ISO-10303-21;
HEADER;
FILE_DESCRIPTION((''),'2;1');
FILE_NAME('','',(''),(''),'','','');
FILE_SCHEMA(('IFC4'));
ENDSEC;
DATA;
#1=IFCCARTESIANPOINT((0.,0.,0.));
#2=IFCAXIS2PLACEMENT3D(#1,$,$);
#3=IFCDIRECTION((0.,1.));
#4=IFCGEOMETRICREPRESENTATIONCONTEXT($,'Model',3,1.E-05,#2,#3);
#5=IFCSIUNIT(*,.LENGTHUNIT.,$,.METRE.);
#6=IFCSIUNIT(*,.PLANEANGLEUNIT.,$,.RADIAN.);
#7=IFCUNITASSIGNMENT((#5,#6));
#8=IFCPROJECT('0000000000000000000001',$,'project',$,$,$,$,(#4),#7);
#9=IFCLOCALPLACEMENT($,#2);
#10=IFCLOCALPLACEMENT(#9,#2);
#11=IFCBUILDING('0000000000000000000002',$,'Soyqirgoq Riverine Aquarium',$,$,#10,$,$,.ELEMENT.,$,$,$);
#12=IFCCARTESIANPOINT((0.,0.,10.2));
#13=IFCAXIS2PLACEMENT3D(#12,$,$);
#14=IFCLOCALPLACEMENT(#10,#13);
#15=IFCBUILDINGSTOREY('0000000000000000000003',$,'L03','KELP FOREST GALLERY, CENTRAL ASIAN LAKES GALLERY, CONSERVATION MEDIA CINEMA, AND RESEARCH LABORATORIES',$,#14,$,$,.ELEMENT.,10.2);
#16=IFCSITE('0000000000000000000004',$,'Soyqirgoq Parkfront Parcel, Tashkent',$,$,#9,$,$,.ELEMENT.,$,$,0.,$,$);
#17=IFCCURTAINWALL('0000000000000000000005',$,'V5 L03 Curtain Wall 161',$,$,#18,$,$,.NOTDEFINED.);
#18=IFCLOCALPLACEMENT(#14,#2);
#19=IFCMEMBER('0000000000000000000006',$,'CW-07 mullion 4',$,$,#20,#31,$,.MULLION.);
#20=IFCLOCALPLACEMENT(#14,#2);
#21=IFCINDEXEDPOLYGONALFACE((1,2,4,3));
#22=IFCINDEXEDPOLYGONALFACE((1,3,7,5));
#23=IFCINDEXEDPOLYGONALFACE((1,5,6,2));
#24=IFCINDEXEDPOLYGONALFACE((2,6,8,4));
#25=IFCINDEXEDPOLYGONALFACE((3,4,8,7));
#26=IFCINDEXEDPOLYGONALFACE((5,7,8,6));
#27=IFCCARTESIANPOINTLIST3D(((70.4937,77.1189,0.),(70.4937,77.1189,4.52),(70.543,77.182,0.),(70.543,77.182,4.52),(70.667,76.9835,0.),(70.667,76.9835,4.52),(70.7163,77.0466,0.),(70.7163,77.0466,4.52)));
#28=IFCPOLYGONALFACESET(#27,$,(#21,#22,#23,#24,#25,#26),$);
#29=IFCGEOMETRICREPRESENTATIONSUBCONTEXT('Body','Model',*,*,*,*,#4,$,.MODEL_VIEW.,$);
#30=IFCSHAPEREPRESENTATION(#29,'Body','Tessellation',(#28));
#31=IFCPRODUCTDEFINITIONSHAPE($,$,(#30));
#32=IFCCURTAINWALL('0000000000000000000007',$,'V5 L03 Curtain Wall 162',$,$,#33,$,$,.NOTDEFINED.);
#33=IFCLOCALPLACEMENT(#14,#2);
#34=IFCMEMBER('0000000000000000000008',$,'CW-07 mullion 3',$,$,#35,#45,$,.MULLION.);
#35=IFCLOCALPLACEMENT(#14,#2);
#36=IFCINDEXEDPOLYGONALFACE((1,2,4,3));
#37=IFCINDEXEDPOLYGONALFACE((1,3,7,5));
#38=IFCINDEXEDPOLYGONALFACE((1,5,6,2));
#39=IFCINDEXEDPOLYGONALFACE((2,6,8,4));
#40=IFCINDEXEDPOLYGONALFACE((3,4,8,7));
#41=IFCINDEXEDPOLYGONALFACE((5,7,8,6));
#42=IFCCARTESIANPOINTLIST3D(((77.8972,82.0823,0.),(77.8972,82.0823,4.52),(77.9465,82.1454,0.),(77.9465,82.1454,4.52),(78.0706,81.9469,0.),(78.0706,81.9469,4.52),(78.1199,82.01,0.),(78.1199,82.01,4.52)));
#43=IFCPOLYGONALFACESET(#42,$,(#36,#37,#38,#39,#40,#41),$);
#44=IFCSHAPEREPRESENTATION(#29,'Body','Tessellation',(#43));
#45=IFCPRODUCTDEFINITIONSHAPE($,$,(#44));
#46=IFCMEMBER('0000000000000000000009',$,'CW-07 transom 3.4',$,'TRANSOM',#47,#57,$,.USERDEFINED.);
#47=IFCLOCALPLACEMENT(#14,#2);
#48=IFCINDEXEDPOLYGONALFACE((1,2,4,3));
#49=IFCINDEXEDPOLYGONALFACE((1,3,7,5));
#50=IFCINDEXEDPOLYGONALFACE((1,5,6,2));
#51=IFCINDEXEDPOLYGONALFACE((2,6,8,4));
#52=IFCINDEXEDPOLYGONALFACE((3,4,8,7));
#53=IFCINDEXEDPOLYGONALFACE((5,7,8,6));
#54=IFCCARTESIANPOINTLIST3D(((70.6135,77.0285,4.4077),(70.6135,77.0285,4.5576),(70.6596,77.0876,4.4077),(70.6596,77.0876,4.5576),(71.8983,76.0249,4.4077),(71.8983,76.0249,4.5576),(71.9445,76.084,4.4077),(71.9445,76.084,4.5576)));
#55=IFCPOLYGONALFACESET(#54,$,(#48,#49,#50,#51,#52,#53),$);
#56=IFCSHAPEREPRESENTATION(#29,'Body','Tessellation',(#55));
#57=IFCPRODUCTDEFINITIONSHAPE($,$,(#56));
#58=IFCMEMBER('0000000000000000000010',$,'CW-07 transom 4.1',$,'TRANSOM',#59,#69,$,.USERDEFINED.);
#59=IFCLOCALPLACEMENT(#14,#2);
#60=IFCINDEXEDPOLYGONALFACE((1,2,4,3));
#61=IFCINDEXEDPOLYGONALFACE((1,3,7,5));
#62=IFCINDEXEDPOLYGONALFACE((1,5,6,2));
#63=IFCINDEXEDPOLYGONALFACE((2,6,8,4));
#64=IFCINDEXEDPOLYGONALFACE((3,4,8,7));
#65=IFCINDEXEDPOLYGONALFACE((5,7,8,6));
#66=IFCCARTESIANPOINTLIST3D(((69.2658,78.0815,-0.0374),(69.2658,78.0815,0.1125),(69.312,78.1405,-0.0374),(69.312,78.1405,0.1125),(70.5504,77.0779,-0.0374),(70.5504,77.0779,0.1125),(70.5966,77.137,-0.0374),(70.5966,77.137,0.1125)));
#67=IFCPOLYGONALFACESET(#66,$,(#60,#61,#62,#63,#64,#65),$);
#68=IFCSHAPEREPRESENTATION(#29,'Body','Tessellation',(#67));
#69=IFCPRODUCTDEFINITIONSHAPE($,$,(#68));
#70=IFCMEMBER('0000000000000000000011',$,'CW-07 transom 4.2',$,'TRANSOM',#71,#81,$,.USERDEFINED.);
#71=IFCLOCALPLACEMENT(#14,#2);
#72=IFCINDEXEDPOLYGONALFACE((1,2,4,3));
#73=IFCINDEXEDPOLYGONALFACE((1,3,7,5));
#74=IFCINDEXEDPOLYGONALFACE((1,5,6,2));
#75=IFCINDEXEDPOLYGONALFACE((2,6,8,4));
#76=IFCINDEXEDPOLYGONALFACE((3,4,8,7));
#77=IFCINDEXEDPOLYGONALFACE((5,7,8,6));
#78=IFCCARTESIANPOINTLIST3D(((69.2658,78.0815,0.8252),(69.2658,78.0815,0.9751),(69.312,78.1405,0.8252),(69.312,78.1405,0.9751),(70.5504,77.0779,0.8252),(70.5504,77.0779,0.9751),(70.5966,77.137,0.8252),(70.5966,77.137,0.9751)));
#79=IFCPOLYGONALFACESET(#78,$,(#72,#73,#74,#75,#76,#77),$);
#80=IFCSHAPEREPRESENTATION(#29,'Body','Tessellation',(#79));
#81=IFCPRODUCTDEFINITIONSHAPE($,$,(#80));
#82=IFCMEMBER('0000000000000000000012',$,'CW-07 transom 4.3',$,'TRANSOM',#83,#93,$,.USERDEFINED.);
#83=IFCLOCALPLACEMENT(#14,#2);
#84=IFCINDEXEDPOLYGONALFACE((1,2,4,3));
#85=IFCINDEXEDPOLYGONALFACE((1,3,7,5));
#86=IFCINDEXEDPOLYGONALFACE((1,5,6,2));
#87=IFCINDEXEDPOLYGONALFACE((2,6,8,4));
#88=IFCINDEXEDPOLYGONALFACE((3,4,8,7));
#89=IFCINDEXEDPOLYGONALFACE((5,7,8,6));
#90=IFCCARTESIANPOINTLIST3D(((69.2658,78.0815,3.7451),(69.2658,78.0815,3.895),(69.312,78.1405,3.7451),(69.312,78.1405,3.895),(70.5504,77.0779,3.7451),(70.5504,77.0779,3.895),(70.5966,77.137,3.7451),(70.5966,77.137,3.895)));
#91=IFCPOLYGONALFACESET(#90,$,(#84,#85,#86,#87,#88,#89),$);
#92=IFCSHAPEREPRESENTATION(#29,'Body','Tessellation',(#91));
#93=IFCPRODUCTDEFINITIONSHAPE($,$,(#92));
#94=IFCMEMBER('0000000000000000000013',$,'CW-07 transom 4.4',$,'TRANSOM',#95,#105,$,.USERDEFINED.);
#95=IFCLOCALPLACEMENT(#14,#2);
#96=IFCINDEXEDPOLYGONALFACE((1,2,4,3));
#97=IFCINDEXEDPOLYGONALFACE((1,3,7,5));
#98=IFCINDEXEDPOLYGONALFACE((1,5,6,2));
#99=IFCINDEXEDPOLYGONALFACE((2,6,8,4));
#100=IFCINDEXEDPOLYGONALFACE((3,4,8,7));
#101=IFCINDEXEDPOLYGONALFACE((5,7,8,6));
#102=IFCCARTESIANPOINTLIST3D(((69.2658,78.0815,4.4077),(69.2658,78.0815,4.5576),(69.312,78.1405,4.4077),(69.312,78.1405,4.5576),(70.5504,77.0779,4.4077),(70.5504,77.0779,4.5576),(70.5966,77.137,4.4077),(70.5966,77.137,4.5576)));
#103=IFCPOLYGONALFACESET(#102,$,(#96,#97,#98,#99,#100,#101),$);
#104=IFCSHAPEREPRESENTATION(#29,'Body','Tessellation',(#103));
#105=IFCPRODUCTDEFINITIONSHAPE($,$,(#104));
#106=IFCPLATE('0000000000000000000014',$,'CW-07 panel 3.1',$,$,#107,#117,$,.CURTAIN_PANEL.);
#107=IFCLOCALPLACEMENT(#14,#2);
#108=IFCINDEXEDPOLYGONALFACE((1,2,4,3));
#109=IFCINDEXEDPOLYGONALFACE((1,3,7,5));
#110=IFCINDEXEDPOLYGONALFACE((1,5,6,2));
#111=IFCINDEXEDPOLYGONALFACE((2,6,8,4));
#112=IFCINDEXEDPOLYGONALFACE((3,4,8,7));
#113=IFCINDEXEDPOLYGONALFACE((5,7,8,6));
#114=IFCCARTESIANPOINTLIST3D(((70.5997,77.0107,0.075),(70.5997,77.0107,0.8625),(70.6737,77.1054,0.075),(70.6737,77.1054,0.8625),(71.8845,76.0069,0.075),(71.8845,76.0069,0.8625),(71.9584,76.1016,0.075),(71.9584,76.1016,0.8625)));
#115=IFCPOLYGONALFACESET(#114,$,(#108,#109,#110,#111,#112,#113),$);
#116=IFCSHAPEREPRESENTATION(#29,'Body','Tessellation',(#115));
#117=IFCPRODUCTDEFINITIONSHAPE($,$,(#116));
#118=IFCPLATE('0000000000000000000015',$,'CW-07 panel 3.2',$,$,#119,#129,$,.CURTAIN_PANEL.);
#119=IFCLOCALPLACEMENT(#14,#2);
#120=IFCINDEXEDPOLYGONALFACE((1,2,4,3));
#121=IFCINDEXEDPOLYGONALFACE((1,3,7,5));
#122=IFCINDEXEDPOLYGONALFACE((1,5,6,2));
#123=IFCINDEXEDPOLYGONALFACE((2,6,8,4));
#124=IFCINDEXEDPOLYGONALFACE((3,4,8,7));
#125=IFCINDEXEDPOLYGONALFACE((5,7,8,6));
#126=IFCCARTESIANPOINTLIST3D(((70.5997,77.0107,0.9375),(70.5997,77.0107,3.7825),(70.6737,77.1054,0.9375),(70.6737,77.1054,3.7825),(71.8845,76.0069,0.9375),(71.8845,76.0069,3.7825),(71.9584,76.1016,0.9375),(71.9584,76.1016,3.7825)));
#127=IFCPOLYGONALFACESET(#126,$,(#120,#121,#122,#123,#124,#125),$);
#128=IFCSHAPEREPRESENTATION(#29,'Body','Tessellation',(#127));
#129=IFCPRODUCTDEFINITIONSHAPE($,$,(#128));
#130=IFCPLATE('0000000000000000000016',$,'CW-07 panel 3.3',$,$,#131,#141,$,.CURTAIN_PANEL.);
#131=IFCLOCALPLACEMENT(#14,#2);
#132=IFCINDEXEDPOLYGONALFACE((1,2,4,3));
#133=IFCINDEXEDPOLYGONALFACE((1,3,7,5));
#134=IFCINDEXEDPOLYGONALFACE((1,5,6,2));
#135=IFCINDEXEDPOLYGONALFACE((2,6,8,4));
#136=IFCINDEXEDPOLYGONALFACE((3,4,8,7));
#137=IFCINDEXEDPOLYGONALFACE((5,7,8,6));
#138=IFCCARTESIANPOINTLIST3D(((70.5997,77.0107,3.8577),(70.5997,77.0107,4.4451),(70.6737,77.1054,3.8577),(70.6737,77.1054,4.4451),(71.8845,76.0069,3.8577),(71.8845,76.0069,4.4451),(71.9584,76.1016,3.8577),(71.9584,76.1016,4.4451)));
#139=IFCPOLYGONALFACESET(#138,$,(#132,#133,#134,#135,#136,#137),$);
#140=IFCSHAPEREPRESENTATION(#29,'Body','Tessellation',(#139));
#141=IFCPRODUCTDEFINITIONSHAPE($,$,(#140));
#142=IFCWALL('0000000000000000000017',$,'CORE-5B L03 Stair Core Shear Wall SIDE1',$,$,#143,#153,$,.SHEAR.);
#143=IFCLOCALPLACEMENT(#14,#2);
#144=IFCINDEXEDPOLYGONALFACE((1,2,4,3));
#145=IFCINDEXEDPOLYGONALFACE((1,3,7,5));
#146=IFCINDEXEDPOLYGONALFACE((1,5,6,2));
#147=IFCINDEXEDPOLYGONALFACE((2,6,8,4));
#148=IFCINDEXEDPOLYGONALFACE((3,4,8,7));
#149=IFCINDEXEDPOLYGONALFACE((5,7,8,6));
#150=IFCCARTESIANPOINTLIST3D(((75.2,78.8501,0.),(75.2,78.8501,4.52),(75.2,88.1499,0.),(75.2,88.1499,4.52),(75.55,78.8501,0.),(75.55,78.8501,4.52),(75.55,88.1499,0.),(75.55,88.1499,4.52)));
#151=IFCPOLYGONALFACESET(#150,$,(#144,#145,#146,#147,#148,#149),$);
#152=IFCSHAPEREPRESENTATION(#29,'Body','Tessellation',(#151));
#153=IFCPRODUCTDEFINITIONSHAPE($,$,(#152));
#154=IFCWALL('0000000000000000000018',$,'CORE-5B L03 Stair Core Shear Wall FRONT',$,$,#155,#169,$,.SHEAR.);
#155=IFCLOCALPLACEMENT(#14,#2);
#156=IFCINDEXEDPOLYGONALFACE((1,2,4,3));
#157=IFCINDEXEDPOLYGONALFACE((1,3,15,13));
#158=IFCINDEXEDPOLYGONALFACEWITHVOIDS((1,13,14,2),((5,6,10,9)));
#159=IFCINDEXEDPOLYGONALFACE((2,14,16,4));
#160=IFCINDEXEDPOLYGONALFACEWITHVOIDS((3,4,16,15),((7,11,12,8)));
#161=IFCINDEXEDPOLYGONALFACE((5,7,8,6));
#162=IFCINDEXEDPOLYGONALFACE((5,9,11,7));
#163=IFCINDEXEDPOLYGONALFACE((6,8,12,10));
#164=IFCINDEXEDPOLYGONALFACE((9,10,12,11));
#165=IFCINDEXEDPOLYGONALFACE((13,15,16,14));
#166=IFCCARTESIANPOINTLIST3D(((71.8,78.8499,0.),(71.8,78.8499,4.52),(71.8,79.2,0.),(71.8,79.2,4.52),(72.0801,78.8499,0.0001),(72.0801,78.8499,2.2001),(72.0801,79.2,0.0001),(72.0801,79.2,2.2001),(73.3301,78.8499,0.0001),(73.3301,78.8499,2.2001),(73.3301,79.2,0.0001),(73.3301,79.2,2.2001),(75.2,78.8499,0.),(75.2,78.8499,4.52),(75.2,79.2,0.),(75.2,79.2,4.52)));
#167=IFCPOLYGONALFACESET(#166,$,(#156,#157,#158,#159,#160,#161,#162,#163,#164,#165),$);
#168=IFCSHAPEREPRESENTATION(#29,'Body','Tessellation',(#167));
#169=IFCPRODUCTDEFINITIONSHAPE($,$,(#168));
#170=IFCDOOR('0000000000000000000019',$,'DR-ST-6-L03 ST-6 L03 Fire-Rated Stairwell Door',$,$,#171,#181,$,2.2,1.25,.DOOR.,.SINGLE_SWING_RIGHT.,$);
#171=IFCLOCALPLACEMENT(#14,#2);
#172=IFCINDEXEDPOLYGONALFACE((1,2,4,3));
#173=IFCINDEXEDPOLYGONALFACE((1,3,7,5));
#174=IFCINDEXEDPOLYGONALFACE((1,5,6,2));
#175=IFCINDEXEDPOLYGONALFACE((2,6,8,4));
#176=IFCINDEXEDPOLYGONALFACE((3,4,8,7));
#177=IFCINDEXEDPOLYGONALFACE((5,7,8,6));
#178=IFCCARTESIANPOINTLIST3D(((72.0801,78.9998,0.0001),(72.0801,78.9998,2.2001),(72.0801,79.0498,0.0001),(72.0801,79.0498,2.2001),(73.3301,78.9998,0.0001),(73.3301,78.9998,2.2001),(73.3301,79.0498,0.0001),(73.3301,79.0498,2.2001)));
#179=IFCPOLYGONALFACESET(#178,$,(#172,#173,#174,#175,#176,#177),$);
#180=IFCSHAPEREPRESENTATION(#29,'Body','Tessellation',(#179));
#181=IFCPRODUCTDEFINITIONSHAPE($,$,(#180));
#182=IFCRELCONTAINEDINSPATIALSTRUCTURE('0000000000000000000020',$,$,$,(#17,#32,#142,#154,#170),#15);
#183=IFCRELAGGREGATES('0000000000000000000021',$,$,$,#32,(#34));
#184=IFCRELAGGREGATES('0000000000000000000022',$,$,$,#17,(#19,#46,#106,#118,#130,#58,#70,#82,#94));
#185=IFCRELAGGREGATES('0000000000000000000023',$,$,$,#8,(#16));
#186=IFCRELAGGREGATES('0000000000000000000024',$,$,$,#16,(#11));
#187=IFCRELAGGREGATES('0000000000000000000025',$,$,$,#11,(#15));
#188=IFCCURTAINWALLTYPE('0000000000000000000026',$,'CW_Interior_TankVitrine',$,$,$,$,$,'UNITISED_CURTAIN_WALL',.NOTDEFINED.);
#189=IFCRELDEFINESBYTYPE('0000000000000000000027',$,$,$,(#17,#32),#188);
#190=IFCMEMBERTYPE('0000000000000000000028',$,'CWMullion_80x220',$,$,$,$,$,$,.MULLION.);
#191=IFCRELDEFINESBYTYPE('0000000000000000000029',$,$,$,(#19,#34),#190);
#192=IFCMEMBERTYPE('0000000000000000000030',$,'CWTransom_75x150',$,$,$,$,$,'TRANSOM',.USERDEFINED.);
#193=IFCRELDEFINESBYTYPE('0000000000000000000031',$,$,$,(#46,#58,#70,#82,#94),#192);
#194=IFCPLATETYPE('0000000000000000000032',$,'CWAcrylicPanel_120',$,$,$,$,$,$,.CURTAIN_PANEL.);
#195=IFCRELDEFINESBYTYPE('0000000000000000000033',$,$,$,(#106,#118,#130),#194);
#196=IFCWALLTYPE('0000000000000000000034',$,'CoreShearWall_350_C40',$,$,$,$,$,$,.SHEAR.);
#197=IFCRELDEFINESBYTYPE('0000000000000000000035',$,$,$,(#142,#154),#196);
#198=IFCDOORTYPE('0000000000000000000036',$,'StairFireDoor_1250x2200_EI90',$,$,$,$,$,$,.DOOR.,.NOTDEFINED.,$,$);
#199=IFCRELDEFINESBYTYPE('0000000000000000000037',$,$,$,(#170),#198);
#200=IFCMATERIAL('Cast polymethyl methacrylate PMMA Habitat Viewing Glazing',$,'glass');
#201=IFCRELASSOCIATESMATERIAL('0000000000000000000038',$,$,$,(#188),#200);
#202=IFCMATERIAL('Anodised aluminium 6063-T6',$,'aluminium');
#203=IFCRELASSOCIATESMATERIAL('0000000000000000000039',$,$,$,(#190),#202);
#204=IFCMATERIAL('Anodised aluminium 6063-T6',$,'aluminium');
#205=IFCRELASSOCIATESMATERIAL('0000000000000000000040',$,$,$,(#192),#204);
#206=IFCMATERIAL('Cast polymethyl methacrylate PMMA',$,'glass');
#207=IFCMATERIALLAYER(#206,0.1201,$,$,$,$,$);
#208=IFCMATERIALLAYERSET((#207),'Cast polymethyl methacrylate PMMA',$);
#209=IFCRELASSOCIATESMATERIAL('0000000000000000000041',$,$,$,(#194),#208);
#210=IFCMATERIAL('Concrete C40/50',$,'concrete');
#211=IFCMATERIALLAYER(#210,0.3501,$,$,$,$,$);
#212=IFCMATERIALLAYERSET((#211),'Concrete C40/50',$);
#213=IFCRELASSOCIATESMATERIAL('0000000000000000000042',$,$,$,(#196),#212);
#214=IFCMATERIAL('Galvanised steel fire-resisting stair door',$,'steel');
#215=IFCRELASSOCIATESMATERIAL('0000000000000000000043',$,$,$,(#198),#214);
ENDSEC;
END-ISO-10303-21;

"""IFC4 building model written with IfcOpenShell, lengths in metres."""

from ifc_helpers import new_model, si_unit, direction, frame, frame_2d, origin, origin_2d, place, context, subcontext, project, spatial, rectangle, extrude, material, layer, layer_set, material_profile, profile_set, type_object, element, fill, aggregate, save


model = new_model("IFC4")

# Units and contexts
model_context = context("Model", 3, precision=1e-05, world=origin(), true_north=direction((0.0, 1.0)))
body_context = subcontext(model_context, "Body", "Model", "MODEL_VIEW")
ifc_project = project(units=[si_unit("LENGTHUNIT", "METRE"), si_unit("PLANEANGLEUNIT", "RADIAN")], contexts=[model_context])

# Site, building, storey
site_placement = place(None, origin())
site = spatial("IfcSite", under=ifc_project, at=site_placement, Name="Soyqirgoq Parkfront Parcel, Tashkent", CompositionType="ELEMENT", RefElevation=0.0)
building_placement = place(site_placement, origin())
building = spatial("IfcBuilding", under=site, at=building_placement, Name="Soyqirgoq Riverine Aquarium", CompositionType="ELEMENT")
storey_placement = place(building_placement, frame((0.0, 0.0, 10.2)))
storey = spatial("IfcBuildingStorey", under=building, at=storey_placement, Name="L03", Description="KELP FOREST GALLERY, CENTRAL ASIAN LAKES GALLERY, CONSERVATION MEDIA CINEMA, AND RESEARCH LABORATORIES", CompositionType="ELEMENT", Elevation=10.2)

# Curtain walls, members
ifc_material_1 = material(Name="Cast polymethyl methacrylate PMMA Habitat Viewing Glazing", Category="glass")
curtain_wall_type = type_object("IfcCurtainWallType", Name="CW_Interior_TankVitrine", ElementType="UNITISED_CURTAIN_WALL", PredefinedType="NOTDEFINED", material=ifc_material_1)
curtain_wall_1_placement = place(storey_placement, origin())
curtain_wall_1 = element("IfcCurtainWall", 1, at=curtain_wall_1_placement, inside=storey, type_object=curtain_wall_type, Name="V5 L03 Curtain Wall 161", PredefinedType="NOTDEFINED")
ifc_material_2 = material(Name="Anodised aluminium 6063-T6", Category="aluminium")
ifc_material_profile_1 = material_profile(ifc_material_2, rectangle(XDim=0.0801, YDim=0.22, at=origin_2d()), Name="ALU-M 80x220")
ifc_profile_set_1 = profile_set([ifc_material_profile_1], Name="Anodised aluminium 6063-T6")
member_type_1 = type_object("IfcMemberType", Name="CWMullion_80x220", PredefinedType="MULLION", material=ifc_profile_set_1)
member_1_placement = place(storey_placement, frame((70.605, 77.0828, 0.0), z_axis=(0.0, 0.0, 1.0), x_axis=(-0.615661, -0.788011, 0.0)))
member_1 = element("IfcMember", 2, at=member_1_placement, type_object=member_type_1, Name="CW-07 mullion 4", PredefinedType="MULLION", context=body_context, shape_type="SweptSolid", body=[
    extrude(rectangle(XDim=0.0801, YDim=0.22, at=origin_2d()), origin(), (0.0, 0.0, 1.0), 4.52),
])
curtain_wall_2_placement = place(storey_placement, origin())
curtain_wall_2 = element("IfcCurtainWall", 3, at=curtain_wall_2_placement, inside=storey, type_object=curtain_wall_type, Name="V5 L03 Curtain Wall 162", PredefinedType="NOTDEFINED")
member_2_placement = place(storey_placement, frame((78.0085, 82.0461, 0.0), z_axis=(0.0, 0.0, 1.0), x_axis=(-0.615655, -0.788016, 0.0)))
member_2 = element("IfcMember", 4, at=member_2_placement, type_object=member_type_1, Name="CW-07 mullion 3", PredefinedType="MULLION", context=body_context, shape_type="SweptSolid", body=[
    extrude(rectangle(XDim=0.0801, YDim=0.22, at=origin_2d()), origin(), (0.0, 0.0, 1.0), 4.52),
])
aggregate(curtain_wall_2, [member_2])

# Members
ifc_material_3 = material(Name="Anodised aluminium 6063-T6", Category="aluminium")
ifc_material_profile_2 = material_profile(ifc_material_3, rectangle(XDim=0.075, YDim=0.1499, at=origin_2d()), Name="ALU-T 75x150")
ifc_profile_set_2 = profile_set([ifc_material_profile_2], Name="Anodised aluminium 6063-T6")
member_type_2 = type_object("IfcMemberType", Name="CWTransom_75x150", ElementType="TRANSOM", PredefinedType="USERDEFINED", material=ifc_profile_set_2)
member_3_placement = place(storey_placement, frame((71.9214, 76.0544, 4.4827), z_axis=(-0.788077, 0.615577, 0.0), x_axis=(-0.615577, -0.788077, 0.0)))
member_3 = element("IfcMember", 5, at=member_3_placement, type_object=member_type_2, Name="CW-07 transom 3.4", ObjectType="TRANSOM", PredefinedType="USERDEFINED", context=body_context, shape_type="SweptSolid", body=[
    extrude(rectangle(XDim=0.075, YDim=0.1499, at=origin_2d()), origin(), (0.0, 0.0, 1.0), 1.6304),
])
member_4_placement = place(storey_placement, frame((70.5735, 77.1074, 0.0376), z_axis=(-0.78802, 0.61565, 0.0), x_axis=(-0.61565, -0.78802, 0.0)))
member_4 = element("IfcMember", 6, at=member_4_placement, type_object=member_type_2, Name="CW-07 transom 4.1", ObjectType="TRANSOM", PredefinedType="USERDEFINED", context=body_context, shape_type="SweptSolid", body=[
    extrude(rectangle(XDim=0.075, YDim=0.1499, at=origin_2d()), origin(), (0.0, 0.0, 1.0), 1.6301),
])
member_5_placement = place(storey_placement, frame((70.5735, 77.1074, 0.9001), z_axis=(-0.78802, 0.61565, 0.0), x_axis=(-0.61565, -0.78802, 0.0)))
member_5 = element("IfcMember", 7, at=member_5_placement, type_object=member_type_2, Name="CW-07 transom 4.2", ObjectType="TRANSOM", PredefinedType="USERDEFINED", context=body_context, shape_type="SweptSolid", body=[
    extrude(rectangle(XDim=0.075, YDim=0.1499, at=origin_2d()), origin(), (0.0, 0.0, 1.0), 1.6301),
])
member_6_placement = place(storey_placement, frame((70.5735, 77.1074, 3.8201), z_axis=(-0.78802, 0.61565, 0.0), x_axis=(-0.61565, -0.78802, 0.0)))
member_6 = element("IfcMember", 8, at=member_6_placement, type_object=member_type_2, Name="CW-07 transom 4.3", ObjectType="TRANSOM", PredefinedType="USERDEFINED", context=body_context, shape_type="SweptSolid", body=[
    extrude(rectangle(XDim=0.075, YDim=0.1499, at=origin_2d()), origin(), (0.0, 0.0, 1.0), 1.6301),
])
member_7_placement = place(storey_placement, frame((70.5735, 77.1074, 4.4827), z_axis=(-0.78802, 0.61565, 0.0), x_axis=(-0.61565, -0.78802, 0.0)))
member_7 = element("IfcMember", 9, at=member_7_placement, type_object=member_type_2, Name="CW-07 transom 4.4", ObjectType="TRANSOM", PredefinedType="USERDEFINED", context=body_context, shape_type="SweptSolid", body=[
    extrude(rectangle(XDim=0.075, YDim=0.1499, at=origin_2d()), origin(), (0.0, 0.0, 1.0), 1.6301),
])

# Plates
ifc_material_4 = material(Name="Cast polymethyl methacrylate PMMA", Category="glass")
ifc_layer_1 = layer(ifc_material_4, 0.1201)
ifc_layer_set_1 = layer_set([ifc_layer_1], Name="Cast polymethyl methacrylate PMMA")
plate_type = type_object("IfcPlateType", Name="CWAcrylicPanel_120", PredefinedType="CURTAIN_PANEL", material=ifc_layer_set_1)
plate_1_placement = place(storey_placement, frame((71.2791, 76.5562, 0.075), z_axis=(0.0, 0.0, 1.0), x_axis=(-0.788011, 0.615661, 0.0)))
plate_1 = element("IfcPlate", 10, at=plate_1_placement, type_object=plate_type, Name="CW-07 panel 3.1", PredefinedType="CURTAIN_PANEL", context=body_context, shape_type="SweptSolid", body=[
    extrude(rectangle(XDim=1.6304, YDim=0.1201, at=origin_2d()), origin(), (0.0, 0.0, 1.0), 0.7876),
])
plate_2_placement = place(storey_placement, frame((71.2791, 76.5562, 0.9375), z_axis=(0.0, 0.0, 1.0), x_axis=(-0.788011, 0.615661, 0.0)))
plate_2 = element("IfcPlate", 11, at=plate_2_placement, type_object=plate_type, Name="CW-07 panel 3.2", PredefinedType="CURTAIN_PANEL", context=body_context, shape_type="SweptSolid", body=[
    extrude(rectangle(XDim=1.6304, YDim=0.1201, at=origin_2d()), origin(), (0.0, 0.0, 1.0), 2.845),
])
plate_3_placement = place(storey_placement, frame((71.2791, 76.5562, 3.8577), z_axis=(0.0, 0.0, 1.0), x_axis=(-0.788011, 0.615661, 0.0)))
plate_3 = element("IfcPlate", 12, at=plate_3_placement, type_object=plate_type, Name="CW-07 panel 3.3", PredefinedType="CURTAIN_PANEL", context=body_context, shape_type="SweptSolid", body=[
    extrude(rectangle(XDim=1.6304, YDim=0.1201, at=origin_2d()), origin(), (0.0, 0.0, 1.0), 0.5874),
])
aggregate(curtain_wall_1, [member_1, member_3, plate_1, plate_2, plate_3, member_4, member_5, member_6, member_7])

# Wall
ifc_material_5 = material(Name="Concrete C40/50", Category="concrete")
ifc_layer_2 = layer(ifc_material_5, 0.3501)
ifc_layer_set_2 = layer_set([ifc_layer_2], Name="Concrete C40/50")
wall_type_1 = type_object("IfcWallType", Name="CoreShearWall_350_C40", PredefinedType="SHEAR", material=ifc_layer_set_2)
wall_1_placement = place(storey_placement, frame((75.375, 78.8501, 0.0), z_axis=(0.0, 0.0, 1.0), x_axis=(0.0, 1.0, 0.0)))
element("IfcWall", 13, at=wall_1_placement, inside=storey, type_object=wall_type_1, Name="CORE-5B L03 Stair Core Shear Wall SIDE1", PredefinedType="SHEAR", context=body_context, shape_type="SweptSolid", body=[
    extrude(rectangle(XDim=9.2998, YDim=0.3501, at=frame_2d((4.6499, 0.0))), origin(), (0.0, 0.0, 1.0), 4.52),
])

# Wall, opening, door
wall_2_placement = place(storey_placement, frame((71.8, 79.0249, 0.0), z_axis=(0.0, 0.0, 1.0), x_axis=(1.0, 0.0, 0.0)))
wall_2 = element("IfcWall", 14, at=wall_2_placement, inside=storey, type_object=wall_type_1, Name="CORE-5B L03 Stair Core Shear Wall FRONT", PredefinedType="SHEAR", context=body_context, shape_type="SweptSolid", body=[
    extrude(rectangle(XDim=3.3999, YDim=0.3501, at=frame_2d((1.7, 0.0))), origin(), (0.0, 0.0, 1.0), 4.52),
])
opening_1_placement = place(wall_2_placement, frame((0.28, 0.0, 0.0)))
opening_1 = element("IfcOpeningElement", 15, at=opening_1_placement, cuts=wall_2, PredefinedType="OPENING", context=body_context, shape_type="SweptSolid", body=[
    extrude(rectangle(XDim=1.25, YDim=2.2, at=frame_2d((0.625, 1.1001))), frame((0.0, 0.1851, 0.0), z_axis=(0.0, -1.0, 0.0), x_axis=(1.0, 0.0, 0.0)), (0.0, 0.0, 1.0), 0.3701),
])
ifc_material_6 = material(Name="Galvanised steel fire-resisting stair door", Category="steel")
door_type_1 = type_object("IfcDoorType", Name="StairFireDoor_1250x2200_EI90", OperationType="NOTDEFINED", PredefinedType="DOOR", material=ifc_material_6)
door_1_placement = place(opening_1_placement, origin())
door_1 = element("IfcDoor", 16, at=door_1_placement, inside=storey, type_object=door_type_1, Name="DR-ST-6-L03 ST-6 L03 Fire-Rated Stairwell Door", OperationType="SINGLE_SWING_RIGHT", OverallHeight=2.2, OverallWidth=1.25, PredefinedType="DOOR", context=body_context, shape_type="SweptSolid", body=[
    extrude(rectangle(XDim=1.25, YDim=2.2, at=frame_2d((0.625, 1.1001))), frame((0.0, 0.0249, 0.0), z_axis=(0.0, -1.0, 0.0), x_axis=(1.0, 0.0, 0.0)), (0.0, 0.0, 1.0), 0.05),
])
fill(opening_1, door_1)

save(model, "model.ifc")
